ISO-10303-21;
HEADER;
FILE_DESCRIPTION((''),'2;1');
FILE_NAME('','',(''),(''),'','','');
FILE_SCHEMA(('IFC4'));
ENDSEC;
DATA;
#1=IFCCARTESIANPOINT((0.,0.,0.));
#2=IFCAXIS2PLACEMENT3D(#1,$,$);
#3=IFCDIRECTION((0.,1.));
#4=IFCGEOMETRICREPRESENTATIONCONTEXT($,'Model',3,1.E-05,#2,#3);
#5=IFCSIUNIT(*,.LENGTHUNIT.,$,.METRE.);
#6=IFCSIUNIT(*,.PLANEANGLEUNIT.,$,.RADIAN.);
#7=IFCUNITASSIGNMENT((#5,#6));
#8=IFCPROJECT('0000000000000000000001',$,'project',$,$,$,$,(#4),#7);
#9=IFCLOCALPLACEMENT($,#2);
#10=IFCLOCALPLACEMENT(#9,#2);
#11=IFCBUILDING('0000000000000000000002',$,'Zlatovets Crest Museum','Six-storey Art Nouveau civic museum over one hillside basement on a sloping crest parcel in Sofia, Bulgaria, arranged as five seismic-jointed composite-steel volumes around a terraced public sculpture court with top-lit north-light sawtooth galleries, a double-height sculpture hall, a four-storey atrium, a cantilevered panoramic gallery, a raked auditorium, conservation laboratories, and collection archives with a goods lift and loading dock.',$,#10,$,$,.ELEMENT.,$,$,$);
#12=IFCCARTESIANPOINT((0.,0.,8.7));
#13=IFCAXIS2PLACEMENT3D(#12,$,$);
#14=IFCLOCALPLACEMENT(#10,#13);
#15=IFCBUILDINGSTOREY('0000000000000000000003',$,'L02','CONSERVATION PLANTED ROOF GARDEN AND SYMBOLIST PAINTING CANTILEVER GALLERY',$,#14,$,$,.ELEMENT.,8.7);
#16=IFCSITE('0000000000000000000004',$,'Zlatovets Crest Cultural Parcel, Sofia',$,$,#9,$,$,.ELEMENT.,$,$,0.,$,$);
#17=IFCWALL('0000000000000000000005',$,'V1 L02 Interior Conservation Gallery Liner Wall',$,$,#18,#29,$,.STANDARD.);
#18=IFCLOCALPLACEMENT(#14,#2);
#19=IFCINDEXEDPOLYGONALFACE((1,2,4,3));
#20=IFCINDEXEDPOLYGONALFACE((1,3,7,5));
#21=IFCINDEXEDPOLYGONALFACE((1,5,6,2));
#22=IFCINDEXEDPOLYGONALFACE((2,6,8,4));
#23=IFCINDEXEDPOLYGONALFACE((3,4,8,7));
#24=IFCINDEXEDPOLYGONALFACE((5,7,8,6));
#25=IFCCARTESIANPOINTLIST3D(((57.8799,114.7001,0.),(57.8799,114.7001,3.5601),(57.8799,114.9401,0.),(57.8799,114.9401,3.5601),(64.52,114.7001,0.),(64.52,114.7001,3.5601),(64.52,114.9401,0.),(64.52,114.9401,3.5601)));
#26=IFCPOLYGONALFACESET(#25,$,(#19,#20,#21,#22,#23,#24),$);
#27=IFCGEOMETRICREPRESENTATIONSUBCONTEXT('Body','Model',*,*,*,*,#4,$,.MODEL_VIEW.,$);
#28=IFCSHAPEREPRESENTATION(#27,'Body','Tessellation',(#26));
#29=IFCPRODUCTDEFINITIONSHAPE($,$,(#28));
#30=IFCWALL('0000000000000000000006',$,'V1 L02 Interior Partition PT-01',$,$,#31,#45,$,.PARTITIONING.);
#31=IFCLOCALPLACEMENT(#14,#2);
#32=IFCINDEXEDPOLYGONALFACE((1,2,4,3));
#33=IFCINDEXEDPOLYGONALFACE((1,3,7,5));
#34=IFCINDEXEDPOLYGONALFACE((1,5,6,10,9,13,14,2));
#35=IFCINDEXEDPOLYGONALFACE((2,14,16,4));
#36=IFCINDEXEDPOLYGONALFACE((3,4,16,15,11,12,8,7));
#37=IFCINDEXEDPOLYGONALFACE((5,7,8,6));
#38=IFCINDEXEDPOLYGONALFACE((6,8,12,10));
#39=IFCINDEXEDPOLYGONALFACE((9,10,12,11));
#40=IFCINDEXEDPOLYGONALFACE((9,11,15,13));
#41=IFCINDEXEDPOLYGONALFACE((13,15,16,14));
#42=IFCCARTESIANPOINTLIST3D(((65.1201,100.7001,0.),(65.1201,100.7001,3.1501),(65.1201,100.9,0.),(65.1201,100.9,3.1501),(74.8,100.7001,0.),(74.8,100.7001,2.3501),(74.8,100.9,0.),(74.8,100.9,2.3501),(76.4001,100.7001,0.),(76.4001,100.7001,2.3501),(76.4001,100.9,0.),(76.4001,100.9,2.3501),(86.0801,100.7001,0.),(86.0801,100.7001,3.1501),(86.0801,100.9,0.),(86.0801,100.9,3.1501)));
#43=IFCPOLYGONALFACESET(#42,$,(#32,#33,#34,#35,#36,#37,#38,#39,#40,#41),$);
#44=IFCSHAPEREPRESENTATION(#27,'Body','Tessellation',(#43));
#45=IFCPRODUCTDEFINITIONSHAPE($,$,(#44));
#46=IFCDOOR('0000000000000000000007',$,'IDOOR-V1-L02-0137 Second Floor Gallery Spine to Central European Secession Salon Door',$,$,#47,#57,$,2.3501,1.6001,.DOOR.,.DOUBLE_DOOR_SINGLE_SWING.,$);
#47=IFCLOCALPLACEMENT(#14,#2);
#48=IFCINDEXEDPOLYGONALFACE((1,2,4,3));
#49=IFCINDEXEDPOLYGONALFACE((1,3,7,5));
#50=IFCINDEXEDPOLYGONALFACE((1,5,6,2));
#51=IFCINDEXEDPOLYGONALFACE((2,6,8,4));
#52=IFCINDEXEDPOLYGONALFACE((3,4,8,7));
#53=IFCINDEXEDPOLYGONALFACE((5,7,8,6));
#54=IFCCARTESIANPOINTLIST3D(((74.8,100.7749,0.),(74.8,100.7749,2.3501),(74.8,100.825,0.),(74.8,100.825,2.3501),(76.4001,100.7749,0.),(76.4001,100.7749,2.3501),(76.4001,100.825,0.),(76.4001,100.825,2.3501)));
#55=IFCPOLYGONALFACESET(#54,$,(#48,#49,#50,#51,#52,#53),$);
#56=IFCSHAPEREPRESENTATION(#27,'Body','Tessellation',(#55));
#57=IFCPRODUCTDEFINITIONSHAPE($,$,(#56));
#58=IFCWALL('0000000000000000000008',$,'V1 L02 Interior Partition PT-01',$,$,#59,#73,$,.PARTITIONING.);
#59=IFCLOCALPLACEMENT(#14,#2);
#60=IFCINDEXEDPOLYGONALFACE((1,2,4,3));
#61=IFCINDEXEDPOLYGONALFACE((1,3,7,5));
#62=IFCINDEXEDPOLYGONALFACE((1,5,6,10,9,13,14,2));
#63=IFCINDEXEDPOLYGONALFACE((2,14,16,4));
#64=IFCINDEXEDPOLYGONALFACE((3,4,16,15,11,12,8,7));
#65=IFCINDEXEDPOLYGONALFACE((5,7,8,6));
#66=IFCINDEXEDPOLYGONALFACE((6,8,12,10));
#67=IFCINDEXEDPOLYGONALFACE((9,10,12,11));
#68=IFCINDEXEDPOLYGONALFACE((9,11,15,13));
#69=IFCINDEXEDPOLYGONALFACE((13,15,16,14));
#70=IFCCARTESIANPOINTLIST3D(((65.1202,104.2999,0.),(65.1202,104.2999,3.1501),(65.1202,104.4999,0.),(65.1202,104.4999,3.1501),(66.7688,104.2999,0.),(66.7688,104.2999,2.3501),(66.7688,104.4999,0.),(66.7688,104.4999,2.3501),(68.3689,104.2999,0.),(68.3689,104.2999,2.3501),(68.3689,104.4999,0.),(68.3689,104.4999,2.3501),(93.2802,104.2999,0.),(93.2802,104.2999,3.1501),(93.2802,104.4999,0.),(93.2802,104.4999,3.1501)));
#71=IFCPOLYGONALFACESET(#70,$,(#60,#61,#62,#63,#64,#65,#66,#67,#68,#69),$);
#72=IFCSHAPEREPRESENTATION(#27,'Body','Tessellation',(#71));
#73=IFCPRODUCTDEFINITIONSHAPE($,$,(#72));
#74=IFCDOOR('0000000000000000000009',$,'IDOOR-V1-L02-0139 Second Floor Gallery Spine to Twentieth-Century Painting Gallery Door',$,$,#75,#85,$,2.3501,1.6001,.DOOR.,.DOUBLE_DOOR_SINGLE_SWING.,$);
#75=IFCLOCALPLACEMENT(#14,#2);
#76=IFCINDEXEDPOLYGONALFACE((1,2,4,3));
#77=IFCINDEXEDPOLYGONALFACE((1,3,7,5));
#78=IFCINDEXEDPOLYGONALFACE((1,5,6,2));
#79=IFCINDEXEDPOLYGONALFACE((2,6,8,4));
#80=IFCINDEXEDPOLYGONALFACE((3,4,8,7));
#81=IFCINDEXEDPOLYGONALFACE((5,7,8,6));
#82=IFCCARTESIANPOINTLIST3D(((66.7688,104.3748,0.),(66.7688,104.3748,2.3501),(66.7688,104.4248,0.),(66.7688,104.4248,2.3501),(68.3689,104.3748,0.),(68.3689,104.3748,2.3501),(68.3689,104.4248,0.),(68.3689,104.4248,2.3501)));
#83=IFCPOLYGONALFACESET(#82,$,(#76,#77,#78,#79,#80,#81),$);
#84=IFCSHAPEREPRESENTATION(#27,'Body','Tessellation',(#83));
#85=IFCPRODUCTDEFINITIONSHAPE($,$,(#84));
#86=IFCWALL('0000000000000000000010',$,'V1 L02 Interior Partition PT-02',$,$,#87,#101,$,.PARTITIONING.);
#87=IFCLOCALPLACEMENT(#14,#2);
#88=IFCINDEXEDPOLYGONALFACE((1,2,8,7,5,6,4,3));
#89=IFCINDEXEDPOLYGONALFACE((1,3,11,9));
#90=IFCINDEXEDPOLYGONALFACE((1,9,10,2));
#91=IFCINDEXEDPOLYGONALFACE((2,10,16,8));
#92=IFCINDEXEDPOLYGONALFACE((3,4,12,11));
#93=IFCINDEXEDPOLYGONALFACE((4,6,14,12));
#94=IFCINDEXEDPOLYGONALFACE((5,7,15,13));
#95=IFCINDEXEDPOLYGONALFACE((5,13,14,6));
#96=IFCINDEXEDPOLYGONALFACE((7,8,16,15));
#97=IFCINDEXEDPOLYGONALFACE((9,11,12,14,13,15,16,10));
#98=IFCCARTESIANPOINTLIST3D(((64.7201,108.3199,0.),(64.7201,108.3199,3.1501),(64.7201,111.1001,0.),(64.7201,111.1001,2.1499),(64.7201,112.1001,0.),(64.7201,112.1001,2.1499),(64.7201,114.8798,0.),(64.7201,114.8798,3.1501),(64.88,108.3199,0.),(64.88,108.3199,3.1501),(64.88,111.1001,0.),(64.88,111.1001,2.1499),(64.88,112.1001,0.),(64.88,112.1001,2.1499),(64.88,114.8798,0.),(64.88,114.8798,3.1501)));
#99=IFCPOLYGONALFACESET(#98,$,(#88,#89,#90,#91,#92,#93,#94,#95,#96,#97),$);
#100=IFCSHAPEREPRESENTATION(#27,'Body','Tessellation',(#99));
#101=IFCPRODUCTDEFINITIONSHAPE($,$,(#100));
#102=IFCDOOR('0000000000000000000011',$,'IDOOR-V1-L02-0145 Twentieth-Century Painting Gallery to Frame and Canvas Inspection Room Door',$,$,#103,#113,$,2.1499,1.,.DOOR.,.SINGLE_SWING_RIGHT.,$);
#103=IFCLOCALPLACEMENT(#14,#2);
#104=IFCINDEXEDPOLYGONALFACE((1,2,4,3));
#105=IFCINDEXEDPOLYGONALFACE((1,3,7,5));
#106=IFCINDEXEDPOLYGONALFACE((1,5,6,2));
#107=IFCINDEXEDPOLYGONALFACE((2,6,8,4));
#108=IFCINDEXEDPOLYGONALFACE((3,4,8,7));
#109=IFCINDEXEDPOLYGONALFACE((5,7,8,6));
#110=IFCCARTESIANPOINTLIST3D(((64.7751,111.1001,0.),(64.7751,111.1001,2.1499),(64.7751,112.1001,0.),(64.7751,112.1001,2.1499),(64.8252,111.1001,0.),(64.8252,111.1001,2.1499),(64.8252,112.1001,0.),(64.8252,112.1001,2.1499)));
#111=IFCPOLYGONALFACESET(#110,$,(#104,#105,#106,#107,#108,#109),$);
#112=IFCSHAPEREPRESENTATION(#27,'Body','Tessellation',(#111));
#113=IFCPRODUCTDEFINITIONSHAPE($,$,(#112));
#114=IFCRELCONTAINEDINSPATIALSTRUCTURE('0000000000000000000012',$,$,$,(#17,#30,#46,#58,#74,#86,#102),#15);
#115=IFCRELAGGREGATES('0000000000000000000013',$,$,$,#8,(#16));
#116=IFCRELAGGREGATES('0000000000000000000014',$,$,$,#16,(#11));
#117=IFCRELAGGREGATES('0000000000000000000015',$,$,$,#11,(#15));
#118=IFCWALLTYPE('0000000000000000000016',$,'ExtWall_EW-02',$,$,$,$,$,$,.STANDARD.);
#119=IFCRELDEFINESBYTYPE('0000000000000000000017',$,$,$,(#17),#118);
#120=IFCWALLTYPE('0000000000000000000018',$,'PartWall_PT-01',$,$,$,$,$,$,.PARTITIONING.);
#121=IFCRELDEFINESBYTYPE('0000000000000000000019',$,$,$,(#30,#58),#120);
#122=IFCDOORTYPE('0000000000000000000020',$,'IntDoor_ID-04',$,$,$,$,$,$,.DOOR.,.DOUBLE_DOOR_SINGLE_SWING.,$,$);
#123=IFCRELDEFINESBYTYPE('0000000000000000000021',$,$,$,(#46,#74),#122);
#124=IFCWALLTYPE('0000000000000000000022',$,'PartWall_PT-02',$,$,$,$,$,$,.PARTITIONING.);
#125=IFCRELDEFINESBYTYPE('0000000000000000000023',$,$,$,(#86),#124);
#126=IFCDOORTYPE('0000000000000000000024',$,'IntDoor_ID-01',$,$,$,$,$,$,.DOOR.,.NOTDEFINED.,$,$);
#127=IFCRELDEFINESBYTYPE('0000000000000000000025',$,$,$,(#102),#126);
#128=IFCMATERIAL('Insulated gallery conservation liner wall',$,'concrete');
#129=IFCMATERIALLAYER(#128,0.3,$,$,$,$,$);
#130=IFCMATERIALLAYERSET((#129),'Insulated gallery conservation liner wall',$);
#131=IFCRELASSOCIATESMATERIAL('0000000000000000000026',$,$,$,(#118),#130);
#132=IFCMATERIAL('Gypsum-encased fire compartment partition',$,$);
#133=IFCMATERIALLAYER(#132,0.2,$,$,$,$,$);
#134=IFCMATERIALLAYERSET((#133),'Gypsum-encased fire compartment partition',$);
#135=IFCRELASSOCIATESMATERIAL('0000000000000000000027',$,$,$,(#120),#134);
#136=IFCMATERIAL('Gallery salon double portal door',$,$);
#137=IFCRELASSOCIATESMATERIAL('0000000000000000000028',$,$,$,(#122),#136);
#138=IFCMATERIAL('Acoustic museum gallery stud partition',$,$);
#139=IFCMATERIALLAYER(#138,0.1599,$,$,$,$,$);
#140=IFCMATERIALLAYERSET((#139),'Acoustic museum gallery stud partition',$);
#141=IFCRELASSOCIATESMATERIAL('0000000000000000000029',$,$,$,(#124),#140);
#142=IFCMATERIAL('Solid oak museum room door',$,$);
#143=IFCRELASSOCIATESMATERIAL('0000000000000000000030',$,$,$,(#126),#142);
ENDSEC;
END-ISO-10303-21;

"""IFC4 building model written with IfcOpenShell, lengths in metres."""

from ifc_helpers import new_model, si_unit, direction, frame, frame_2d, origin, place, context, subcontext, project, spatial, rectangle, extrude, material, layer, layer_set, type_object, element, fill, save


model = new_model("IFC4")

# Units and contexts
model_context = context("Model", 3, precision=1e-05, world=origin(), true_north=direction((0.0, 1.0)))
body_context = subcontext(model_context, "Body", "Model", "MODEL_VIEW")
ifc_project = project(units=[si_unit("LENGTHUNIT", "METRE"), si_unit("PLANEANGLEUNIT", "RADIAN")], contexts=[model_context])

# Site, building, storey
site_placement = place(None, origin())
site = spatial("IfcSite", under=ifc_project, at=site_placement, Name="Zlatovets Crest Cultural Parcel, Sofia", CompositionType="ELEMENT", RefElevation=0.0)
building_placement = place(site_placement, origin())
building = spatial("IfcBuilding", under=site, at=building_placement, Name="Zlatovets Crest Museum", Description="Six-storey Art Nouveau civic museum over one hillside basement on a sloping crest parcel in Sofia, Bulgaria, arranged as five seismic-jointed composite-steel volumes around a terraced public sculpture court with top-lit north-light sawtooth galleries, a double-height sculpture hall, a four-storey atrium, a cantilevered panoramic gallery, a raked auditorium, conservation laboratories, and collection archives with a goods lift and loading dock.", CompositionType="ELEMENT")
storey_placement = place(building_placement, frame((0.0, 0.0, 8.7)))
storey = spatial("IfcBuildingStorey", under=building, at=storey_placement, Name="L02", Description="CONSERVATION PLANTED ROOF GARDEN AND SYMBOLIST PAINTING CANTILEVER GALLERY", CompositionType="ELEMENT", Elevation=8.7)

# Wall
ifc_material_1 = material(Name="Insulated gallery conservation liner wall", Category="concrete")
ifc_layer_1 = layer(ifc_material_1, 0.3)
ifc_layer_set_1 = layer_set([ifc_layer_1], Name="Insulated gallery conservation liner wall")
wall_type_1 = type_object("IfcWallType", Name="ExtWall_EW-02", PredefinedType="STANDARD", material=ifc_layer_set_1)
wall_1_placement = place(storey_placement, frame((64.52, 114.8201, 0.0), z_axis=(0.0, 0.0, 1.0), x_axis=(-1.0, 0.0, 0.0)))
element("IfcWall", 1, at=wall_1_placement, inside=storey, type_object=wall_type_1, Name="V1 L02 Interior Conservation Gallery Liner Wall", PredefinedType="STANDARD", context=body_context, shape_type="SweptSolid", body=[
    extrude(rectangle(XDim=6.6401, YDim=0.24, at=frame_2d((3.3201, 0.0))), origin(), (0.0, 0.0, 1.0), 3.5601),
])

# Walls, openings, doors
ifc_material_2 = material(Name="Gypsum-encased fire compartment partition")
ifc_layer_2 = layer(ifc_material_2, 0.2)
ifc_layer_set_2 = layer_set([ifc_layer_2], Name="Gypsum-encased fire compartment partition")
wall_type_2 = type_object("IfcWallType", Name="PartWall_PT-01", PredefinedType="PARTITIONING", material=ifc_layer_set_2)
wall_2_placement = place(storey_placement, frame((65.1201, 100.8, 0.0), z_axis=(0.0, 0.0, 1.0), x_axis=(1.0, 0.0, 0.0)))
wall_2 = element("IfcWall", 2, at=wall_2_placement, inside=storey, type_object=wall_type_2, Name="V1 L02 Interior Partition PT-01", PredefinedType="PARTITIONING", context=body_context, shape_type="SweptSolid", body=[
    extrude(rectangle(XDim=20.96, YDim=0.2, at=frame_2d((10.48, 0.0))), origin(), (0.0, 0.0, 1.0), 3.1501),
])
opening_1_placement = place(wall_2_placement, frame((9.6799, 0.0, 0.0)))
opening_1 = element("IfcOpeningElement", 3, at=opening_1_placement, cuts=wall_2, PredefinedType="OPENING", context=body_context, shape_type="SweptSolid", body=[
    extrude(rectangle(XDim=1.6001, YDim=2.3501, at=frame_2d((0.8, 1.175))), frame((0.0, 0.1099, 0.0), z_axis=(0.0, -1.0, 0.0), x_axis=(1.0, 0.0, 0.0)), (0.0, 0.0, 1.0), 0.22),
])
ifc_material_3 = material(Name="Gallery salon double portal door")
door_type_1 = type_object("IfcDoorType", Name="IntDoor_ID-04", OperationType="DOUBLE_DOOR_SINGLE_SWING", PredefinedType="DOOR", material=ifc_material_3)
door_1_placement = place(opening_1_placement, origin())
door_1 = element("IfcDoor", 4, at=door_1_placement, inside=storey, type_object=door_type_1, Name="IDOOR-V1-L02-0137 Second Floor Gallery Spine to Central European Secession Salon Door", OperationType="DOUBLE_DOOR_SINGLE_SWING", OverallHeight=2.3501, OverallWidth=1.6001, PredefinedType="DOOR", context=body_context, shape_type="SweptSolid", body=[
    extrude(rectangle(XDim=1.6001, YDim=2.3501, at=frame_2d((0.8, 1.175))), frame((0.0, 0.0249, 0.0), z_axis=(0.0, -1.0, 0.0), x_axis=(1.0, 0.0, 0.0)), (0.0, 0.0, 1.0), 0.05),
])
fill(opening_1, door_1)
wall_3_placement = place(storey_placement, frame((65.1201, 104.3999, 0.0), z_axis=(0.0, 0.0, 1.0), x_axis=(1.0, 0.0, 0.0)))
wall_3 = element("IfcWall", 5, at=wall_3_placement, inside=storey, type_object=wall_type_2, Name="V1 L02 Interior Partition PT-01", PredefinedType="PARTITIONING", context=body_context, shape_type="SweptSolid", body=[
    extrude(rectangle(XDim=28.1599, YDim=0.2, at=frame_2d((14.0801, 0.0))), origin(), (0.0, 0.0, 1.0), 3.1501),
])
opening_2_placement = place(wall_3_placement, frame((1.6487, 0.0, 0.0)))
opening_2 = element("IfcOpeningElement", 6, at=opening_2_placement, cuts=wall_3, PredefinedType="OPENING", context=body_context, shape_type="SweptSolid", body=[
    extrude(rectangle(XDim=1.6001, YDim=2.3501, at=frame_2d((0.8, 1.175))), frame((0.0, 0.1099, 0.0), z_axis=(0.0, -1.0, 0.0), x_axis=(1.0, 0.0, 0.0)), (0.0, 0.0, 1.0), 0.22),
])
door_2_placement = place(opening_2_placement, origin())
door_2 = element("IfcDoor", 7, at=door_2_placement, inside=storey, type_object=door_type_1, Name="IDOOR-V1-L02-0139 Second Floor Gallery Spine to Twentieth-Century Painting Gallery Door", OperationType="DOUBLE_DOOR_SINGLE_SWING", OverallHeight=2.3501, OverallWidth=1.6001, PredefinedType="DOOR", context=body_context, shape_type="SweptSolid", body=[
    extrude(rectangle(XDim=1.6001, YDim=2.3501, at=frame_2d((0.8, 1.175))), frame((0.0, 0.0249, 0.0), z_axis=(0.0, -1.0, 0.0), x_axis=(1.0, 0.0, 0.0)), (0.0, 0.0, 1.0), 0.05),
])
fill(opening_2, door_2)
ifc_material_4 = material(Name="Acoustic museum gallery stud partition")
ifc_layer_3 = layer(ifc_material_4, 0.1599)
ifc_layer_set_3 = layer_set([ifc_layer_3], Name="Acoustic museum gallery stud partition")
wall_type_3 = type_object("IfcWallType", Name="PartWall_PT-02", PredefinedType="PARTITIONING", material=ifc_layer_set_3)
wall_4_placement = place(storey_placement, frame((64.8, 108.3201, 0.0), z_axis=(0.0, 0.0, 1.0), x_axis=(0.0, 1.0, 0.0)))
wall_4 = element("IfcWall", 8, at=wall_4_placement, inside=storey, type_object=wall_type_3, Name="V1 L02 Interior Partition PT-02", PredefinedType="PARTITIONING", context=body_context, shape_type="SweptSolid", body=[
    extrude(rectangle(XDim=6.5598, YDim=0.1599, at=frame_2d((3.2798, 0.0))), origin(), (0.0, 0.0, 1.0), 3.1501),
])
opening_3_placement = place(wall_4_placement, frame((2.78, 0.0, 0.0)))
opening_3 = element("IfcOpeningElement", 9, at=opening_3_placement, cuts=wall_4, PredefinedType="OPENING", context=body_context, shape_type="SweptSolid", body=[
    extrude(rectangle(XDim=1.0, YDim=2.1499, at=frame_2d((0.5, 1.075))), frame((0.0, 0.0898, 0.0), z_axis=(0.0, -1.0, 0.0), x_axis=(1.0, 0.0, 0.0)), (0.0, 0.0, 1.0), 0.1799),
])
ifc_material_5 = material(Name="Solid oak museum room door")
door_type_2 = type_object("IfcDoorType", Name="IntDoor_ID-01", OperationType="NOTDEFINED", PredefinedType="DOOR", material=ifc_material_5)
door_3_placement = place(opening_3_placement, origin())
door_3 = element("IfcDoor", 10, at=door_3_placement, inside=storey, type_object=door_type_2, Name="IDOOR-V1-L02-0145 Twentieth-Century Painting Gallery to Frame and Canvas Inspection Room Door", OperationType="SINGLE_SWING_RIGHT", OverallHeight=2.1499, OverallWidth=1.0, PredefinedType="DOOR", context=body_context, shape_type="SweptSolid", body=[
    extrude(rectangle(XDim=1.0, YDim=2.1499, at=frame_2d((0.5, 1.075))), frame((0.0, 0.0249, 0.0), z_axis=(0.0, -1.0, 0.0), x_axis=(1.0, 0.0, 0.0)), (0.0, 0.0, 1.0), 0.05),
])
fill(opening_3, door_3)

save(model, "model.ifc")
